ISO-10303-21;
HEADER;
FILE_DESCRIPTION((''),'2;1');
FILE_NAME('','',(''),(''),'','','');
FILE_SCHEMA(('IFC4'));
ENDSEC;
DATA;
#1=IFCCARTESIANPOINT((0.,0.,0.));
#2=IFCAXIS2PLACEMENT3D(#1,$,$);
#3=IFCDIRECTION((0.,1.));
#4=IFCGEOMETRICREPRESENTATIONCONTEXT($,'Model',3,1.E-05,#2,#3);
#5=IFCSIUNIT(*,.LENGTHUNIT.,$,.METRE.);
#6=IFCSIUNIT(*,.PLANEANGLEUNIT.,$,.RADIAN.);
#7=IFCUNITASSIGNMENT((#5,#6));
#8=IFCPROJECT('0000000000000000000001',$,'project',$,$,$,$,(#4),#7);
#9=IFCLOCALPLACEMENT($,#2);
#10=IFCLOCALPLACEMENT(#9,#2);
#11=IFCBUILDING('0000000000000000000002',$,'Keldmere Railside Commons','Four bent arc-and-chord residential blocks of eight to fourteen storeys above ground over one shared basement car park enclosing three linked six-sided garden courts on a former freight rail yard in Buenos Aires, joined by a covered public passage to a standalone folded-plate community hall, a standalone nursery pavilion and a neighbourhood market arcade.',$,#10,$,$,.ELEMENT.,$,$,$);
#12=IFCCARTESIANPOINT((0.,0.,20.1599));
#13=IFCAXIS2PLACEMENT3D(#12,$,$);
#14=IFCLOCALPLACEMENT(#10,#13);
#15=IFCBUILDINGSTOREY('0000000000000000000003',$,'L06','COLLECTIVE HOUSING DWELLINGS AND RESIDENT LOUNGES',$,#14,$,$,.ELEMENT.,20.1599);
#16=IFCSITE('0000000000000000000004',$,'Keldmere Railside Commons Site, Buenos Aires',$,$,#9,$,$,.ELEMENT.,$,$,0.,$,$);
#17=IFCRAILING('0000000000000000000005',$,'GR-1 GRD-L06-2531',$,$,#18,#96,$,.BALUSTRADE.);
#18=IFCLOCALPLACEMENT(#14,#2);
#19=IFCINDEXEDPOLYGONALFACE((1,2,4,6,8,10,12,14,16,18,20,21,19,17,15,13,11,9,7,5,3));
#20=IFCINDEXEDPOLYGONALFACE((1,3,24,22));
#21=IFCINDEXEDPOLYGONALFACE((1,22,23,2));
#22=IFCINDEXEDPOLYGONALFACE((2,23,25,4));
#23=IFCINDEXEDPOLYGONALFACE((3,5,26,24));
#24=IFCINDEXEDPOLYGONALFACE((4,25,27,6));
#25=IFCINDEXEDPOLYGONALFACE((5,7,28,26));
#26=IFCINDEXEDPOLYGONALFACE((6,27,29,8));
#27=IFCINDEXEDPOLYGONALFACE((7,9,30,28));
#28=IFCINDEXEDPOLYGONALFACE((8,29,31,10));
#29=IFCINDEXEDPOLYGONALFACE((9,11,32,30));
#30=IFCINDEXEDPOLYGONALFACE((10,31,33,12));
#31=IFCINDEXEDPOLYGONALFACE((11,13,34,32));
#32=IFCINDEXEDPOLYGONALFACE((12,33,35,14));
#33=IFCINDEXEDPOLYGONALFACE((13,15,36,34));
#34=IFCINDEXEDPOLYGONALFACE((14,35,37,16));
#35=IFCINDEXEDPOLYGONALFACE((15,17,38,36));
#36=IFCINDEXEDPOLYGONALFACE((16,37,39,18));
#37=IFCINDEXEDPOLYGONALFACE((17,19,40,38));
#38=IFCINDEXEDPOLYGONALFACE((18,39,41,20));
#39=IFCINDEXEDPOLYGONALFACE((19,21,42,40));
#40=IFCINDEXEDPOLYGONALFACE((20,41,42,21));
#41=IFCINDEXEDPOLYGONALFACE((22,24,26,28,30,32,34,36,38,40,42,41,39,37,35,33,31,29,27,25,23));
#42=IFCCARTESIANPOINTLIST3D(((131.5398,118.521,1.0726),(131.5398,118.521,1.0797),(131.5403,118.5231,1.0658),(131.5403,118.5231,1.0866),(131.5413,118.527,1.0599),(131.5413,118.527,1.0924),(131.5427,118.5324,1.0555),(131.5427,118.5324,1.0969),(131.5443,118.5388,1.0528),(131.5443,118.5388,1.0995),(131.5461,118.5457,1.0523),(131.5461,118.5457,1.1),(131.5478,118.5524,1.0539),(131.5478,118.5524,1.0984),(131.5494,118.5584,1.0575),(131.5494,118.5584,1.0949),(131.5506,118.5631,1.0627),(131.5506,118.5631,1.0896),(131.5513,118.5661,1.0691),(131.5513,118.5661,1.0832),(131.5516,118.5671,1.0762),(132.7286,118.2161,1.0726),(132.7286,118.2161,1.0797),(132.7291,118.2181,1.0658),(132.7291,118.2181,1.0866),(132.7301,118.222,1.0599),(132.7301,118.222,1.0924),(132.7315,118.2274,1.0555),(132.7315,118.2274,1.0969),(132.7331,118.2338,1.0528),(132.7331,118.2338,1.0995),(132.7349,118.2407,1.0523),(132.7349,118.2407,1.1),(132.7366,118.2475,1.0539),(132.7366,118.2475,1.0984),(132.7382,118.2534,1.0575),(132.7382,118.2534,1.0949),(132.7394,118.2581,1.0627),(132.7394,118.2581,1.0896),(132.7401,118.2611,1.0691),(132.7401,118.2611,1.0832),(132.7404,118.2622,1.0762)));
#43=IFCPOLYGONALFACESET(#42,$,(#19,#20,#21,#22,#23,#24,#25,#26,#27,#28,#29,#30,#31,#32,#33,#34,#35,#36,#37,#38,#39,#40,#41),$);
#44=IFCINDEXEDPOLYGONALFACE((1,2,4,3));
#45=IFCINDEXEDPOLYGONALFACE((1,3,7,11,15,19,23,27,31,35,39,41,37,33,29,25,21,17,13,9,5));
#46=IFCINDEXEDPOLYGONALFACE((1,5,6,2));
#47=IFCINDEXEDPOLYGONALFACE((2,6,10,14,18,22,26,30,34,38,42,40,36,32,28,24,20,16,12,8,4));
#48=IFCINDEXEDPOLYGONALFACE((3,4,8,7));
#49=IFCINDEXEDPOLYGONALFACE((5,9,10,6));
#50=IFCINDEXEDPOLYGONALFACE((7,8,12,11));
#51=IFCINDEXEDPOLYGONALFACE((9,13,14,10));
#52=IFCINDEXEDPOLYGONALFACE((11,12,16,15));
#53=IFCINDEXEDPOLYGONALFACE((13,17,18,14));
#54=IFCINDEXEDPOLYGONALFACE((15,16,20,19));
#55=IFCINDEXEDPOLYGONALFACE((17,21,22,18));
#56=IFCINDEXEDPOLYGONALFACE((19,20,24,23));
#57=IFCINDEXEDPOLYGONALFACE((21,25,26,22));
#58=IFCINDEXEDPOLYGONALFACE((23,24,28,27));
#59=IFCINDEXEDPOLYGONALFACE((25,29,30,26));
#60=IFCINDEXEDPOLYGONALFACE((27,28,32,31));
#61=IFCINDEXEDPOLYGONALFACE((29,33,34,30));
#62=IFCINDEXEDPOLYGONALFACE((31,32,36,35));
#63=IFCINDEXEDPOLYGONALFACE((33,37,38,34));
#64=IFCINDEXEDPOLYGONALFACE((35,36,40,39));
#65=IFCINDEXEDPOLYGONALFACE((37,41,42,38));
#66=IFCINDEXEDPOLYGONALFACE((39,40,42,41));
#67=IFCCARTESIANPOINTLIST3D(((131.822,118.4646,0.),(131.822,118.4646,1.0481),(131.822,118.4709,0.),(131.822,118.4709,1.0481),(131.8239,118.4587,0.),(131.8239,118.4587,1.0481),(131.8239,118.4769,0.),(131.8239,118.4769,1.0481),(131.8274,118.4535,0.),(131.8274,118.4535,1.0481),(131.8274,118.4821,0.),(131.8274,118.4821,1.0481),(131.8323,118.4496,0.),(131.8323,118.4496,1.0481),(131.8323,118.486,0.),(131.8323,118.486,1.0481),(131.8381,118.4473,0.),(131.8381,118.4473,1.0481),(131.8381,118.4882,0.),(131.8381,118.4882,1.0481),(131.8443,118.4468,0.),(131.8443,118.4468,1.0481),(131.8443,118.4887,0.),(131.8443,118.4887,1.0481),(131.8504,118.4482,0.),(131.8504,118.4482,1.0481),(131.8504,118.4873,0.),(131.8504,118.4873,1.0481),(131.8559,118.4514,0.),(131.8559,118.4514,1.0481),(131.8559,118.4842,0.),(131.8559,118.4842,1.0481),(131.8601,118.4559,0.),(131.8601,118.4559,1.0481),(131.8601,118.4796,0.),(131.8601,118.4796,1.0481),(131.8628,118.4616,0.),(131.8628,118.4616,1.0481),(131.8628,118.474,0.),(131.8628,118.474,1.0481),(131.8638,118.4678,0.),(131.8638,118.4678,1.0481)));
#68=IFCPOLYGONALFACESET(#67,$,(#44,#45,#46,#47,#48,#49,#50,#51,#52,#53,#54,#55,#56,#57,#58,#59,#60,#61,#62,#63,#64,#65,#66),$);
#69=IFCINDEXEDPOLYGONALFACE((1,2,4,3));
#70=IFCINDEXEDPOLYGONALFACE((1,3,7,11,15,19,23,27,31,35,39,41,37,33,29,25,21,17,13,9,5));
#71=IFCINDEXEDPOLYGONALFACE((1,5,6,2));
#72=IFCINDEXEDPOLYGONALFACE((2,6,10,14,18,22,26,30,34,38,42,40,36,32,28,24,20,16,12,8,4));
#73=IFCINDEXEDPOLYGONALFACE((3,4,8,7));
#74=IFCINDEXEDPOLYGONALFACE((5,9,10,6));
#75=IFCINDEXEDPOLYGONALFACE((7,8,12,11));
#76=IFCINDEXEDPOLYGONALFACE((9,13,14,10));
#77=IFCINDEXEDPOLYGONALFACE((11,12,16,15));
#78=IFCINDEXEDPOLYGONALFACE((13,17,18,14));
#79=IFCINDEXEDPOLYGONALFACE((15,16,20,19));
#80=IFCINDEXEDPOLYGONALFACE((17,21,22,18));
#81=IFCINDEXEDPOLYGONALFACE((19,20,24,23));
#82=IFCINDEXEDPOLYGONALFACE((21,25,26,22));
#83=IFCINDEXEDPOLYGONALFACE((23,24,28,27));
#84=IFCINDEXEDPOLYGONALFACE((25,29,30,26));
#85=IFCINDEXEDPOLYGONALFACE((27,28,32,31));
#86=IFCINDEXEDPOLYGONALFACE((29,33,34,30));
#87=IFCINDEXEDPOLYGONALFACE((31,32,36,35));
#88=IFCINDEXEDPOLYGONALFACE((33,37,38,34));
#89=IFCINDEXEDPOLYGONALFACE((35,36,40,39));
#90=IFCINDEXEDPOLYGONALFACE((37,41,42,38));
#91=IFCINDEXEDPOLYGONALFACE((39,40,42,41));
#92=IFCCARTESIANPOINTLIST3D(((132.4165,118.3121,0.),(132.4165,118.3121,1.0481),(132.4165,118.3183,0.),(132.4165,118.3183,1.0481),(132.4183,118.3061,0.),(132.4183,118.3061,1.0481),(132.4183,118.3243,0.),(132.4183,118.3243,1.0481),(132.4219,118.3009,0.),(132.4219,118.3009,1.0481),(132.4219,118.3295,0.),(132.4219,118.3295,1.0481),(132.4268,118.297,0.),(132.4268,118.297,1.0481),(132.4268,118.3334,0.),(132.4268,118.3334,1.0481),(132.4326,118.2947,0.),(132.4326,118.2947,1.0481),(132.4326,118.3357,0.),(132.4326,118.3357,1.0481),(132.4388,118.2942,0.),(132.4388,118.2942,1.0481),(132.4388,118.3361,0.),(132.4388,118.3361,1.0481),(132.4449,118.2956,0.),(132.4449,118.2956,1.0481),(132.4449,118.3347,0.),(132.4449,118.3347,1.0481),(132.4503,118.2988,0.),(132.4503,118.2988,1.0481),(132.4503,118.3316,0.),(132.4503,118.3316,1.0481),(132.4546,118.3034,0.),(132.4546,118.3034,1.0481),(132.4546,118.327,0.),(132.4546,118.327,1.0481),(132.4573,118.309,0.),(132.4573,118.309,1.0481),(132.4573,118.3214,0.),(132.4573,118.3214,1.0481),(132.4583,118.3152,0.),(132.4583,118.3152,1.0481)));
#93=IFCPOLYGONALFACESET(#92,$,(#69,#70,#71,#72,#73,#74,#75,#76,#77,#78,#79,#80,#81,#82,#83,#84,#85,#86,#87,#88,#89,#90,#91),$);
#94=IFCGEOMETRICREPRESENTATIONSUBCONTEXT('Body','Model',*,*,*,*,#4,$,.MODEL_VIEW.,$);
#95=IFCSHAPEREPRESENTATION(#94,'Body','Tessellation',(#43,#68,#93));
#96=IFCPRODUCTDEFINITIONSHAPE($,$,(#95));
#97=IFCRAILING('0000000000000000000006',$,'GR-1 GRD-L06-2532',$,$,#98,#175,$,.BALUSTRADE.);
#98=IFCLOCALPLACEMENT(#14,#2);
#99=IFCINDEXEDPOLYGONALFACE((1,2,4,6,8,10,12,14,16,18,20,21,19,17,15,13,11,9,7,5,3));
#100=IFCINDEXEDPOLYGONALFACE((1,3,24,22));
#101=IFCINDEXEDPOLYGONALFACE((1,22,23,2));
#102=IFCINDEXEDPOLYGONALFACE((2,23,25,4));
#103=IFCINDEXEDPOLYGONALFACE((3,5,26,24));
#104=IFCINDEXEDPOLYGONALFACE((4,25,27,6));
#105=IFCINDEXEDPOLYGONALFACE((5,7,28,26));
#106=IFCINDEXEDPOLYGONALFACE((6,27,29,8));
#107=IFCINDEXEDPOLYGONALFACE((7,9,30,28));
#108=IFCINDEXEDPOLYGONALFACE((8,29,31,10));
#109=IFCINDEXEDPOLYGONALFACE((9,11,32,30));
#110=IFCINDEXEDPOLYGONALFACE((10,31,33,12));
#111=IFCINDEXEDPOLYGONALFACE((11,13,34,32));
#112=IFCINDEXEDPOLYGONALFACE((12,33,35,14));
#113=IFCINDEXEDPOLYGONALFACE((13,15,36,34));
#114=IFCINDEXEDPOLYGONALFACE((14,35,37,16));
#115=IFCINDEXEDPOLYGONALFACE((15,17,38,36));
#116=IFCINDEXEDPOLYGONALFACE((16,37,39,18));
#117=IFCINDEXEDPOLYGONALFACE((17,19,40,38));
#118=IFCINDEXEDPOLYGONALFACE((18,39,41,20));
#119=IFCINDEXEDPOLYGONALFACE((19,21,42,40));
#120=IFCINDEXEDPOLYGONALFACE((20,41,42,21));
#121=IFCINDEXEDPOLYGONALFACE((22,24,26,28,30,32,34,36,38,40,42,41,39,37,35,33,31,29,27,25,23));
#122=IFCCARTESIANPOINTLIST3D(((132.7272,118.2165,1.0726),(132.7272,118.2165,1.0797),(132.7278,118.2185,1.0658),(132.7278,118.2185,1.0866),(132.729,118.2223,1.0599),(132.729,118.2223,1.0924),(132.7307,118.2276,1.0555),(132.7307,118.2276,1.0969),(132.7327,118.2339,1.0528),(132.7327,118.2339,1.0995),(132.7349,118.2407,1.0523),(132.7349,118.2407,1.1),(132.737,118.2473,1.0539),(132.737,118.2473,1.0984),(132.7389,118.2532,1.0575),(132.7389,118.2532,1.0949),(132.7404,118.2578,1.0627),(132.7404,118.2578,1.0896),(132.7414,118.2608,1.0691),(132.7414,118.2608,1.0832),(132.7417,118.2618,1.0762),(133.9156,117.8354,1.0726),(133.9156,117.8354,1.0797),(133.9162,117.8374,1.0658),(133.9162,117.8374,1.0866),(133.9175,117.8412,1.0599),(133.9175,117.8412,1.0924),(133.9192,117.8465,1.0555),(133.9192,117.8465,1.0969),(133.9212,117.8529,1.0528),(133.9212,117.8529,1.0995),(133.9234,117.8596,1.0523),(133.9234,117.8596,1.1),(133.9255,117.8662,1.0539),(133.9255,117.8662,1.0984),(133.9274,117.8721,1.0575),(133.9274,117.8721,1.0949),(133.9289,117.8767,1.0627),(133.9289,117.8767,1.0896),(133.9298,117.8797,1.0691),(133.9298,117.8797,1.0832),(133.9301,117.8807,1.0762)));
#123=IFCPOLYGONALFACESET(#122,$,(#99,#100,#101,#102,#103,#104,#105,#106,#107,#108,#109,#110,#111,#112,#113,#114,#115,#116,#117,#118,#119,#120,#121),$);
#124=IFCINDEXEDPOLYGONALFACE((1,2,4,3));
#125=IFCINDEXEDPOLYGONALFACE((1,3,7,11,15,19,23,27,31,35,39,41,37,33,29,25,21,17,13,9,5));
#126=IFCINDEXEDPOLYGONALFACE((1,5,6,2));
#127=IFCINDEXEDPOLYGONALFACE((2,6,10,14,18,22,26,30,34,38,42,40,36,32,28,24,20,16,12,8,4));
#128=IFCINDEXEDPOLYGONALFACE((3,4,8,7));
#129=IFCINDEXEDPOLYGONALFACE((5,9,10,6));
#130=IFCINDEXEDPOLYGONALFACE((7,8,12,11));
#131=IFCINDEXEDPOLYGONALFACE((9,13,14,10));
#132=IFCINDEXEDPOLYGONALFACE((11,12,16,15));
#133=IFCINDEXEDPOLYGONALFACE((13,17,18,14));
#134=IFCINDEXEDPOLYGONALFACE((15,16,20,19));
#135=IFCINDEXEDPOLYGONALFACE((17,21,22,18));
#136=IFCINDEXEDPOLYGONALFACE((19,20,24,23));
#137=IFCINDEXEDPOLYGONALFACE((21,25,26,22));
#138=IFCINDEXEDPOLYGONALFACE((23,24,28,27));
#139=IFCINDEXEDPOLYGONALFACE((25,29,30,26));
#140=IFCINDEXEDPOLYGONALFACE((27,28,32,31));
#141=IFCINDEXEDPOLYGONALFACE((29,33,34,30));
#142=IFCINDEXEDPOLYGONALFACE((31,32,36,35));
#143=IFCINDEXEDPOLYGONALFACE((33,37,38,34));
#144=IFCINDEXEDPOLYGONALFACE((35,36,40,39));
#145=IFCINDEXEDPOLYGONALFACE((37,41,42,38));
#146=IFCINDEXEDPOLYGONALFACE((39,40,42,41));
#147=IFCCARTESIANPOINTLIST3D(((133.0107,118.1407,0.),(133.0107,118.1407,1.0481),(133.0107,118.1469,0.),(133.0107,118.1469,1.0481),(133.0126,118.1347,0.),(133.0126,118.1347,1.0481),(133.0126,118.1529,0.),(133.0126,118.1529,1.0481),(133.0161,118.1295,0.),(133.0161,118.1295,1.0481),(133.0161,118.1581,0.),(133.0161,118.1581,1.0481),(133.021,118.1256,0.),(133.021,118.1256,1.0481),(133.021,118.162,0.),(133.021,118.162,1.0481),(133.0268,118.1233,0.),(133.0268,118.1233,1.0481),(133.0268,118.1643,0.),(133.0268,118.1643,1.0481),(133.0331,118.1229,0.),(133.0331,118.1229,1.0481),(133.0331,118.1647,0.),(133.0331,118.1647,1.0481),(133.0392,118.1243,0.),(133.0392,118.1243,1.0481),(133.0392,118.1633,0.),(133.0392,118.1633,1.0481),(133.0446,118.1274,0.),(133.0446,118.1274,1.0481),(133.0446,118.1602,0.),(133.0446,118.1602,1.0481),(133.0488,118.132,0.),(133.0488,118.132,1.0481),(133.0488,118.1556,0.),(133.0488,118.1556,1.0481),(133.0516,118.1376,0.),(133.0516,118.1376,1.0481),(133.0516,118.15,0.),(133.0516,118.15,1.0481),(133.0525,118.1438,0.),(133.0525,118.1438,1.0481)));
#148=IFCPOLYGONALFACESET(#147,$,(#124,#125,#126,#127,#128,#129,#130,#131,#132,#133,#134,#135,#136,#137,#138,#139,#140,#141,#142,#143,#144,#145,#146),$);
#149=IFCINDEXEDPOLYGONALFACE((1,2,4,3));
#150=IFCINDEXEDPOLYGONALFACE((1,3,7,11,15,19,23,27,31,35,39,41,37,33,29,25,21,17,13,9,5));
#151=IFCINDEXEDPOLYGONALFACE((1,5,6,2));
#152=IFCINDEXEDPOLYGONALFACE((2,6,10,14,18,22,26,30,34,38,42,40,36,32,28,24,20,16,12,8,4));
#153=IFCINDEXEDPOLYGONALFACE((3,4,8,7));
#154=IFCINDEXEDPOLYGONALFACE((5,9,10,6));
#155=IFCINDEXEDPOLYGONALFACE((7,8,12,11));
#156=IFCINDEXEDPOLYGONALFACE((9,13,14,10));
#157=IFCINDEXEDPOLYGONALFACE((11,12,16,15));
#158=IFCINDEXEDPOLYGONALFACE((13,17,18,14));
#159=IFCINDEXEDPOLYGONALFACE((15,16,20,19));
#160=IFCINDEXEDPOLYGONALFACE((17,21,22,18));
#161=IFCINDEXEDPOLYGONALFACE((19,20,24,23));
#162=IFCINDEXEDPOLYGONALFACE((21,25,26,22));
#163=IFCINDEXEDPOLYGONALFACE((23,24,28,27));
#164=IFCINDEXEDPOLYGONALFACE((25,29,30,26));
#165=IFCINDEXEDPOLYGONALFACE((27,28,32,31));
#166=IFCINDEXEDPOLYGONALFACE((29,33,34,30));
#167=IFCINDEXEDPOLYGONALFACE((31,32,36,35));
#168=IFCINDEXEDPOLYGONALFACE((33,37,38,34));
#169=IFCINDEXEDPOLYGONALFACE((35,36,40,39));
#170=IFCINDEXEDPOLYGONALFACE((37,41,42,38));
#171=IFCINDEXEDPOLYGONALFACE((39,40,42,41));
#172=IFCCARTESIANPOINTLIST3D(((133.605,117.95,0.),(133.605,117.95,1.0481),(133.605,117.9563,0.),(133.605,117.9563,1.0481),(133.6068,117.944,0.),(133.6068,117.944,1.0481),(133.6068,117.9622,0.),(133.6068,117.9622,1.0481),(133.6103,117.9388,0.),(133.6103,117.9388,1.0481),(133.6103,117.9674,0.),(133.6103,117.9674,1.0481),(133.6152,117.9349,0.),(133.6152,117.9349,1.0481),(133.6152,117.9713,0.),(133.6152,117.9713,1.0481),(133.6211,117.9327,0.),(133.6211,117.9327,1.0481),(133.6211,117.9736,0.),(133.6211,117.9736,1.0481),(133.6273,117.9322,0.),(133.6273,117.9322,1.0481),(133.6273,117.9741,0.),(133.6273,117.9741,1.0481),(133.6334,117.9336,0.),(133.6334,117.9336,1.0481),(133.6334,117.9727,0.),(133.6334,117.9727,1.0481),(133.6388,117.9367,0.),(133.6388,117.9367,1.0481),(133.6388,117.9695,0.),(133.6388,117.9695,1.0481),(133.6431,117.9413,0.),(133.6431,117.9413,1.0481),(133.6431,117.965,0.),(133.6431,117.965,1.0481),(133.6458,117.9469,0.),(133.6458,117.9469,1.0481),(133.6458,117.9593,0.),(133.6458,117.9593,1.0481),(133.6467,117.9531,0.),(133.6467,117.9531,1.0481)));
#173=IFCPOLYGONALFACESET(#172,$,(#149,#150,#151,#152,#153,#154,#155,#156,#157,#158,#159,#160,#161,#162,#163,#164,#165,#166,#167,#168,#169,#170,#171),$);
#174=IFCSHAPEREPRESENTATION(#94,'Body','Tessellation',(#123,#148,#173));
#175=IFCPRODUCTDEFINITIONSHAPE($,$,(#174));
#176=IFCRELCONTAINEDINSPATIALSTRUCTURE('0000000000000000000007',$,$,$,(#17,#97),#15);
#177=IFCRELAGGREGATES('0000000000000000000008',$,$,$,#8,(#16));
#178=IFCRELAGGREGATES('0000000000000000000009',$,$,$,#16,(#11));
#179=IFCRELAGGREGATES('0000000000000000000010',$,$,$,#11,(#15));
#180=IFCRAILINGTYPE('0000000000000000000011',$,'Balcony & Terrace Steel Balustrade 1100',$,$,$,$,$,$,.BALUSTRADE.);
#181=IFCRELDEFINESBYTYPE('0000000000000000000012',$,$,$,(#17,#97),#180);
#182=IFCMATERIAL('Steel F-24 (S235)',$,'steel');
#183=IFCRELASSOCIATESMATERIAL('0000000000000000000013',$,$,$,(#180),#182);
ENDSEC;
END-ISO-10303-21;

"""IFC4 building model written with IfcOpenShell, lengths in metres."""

from ifc_helpers import new_model, si_unit, direction, frame, origin, origin_2d, place, context, subcontext, project, spatial, circle, extrude, material, type_object, element, save


model = new_model("IFC4")

# Units and contexts
model_context = context("Model", 3, precision=1e-05, world=origin(), true_north=direction((0.0, 1.0)))
body_context = subcontext(model_context, "Body", "Model", "MODEL_VIEW")
ifc_project = project(units=[si_unit("LENGTHUNIT", "METRE"), si_unit("PLANEANGLEUNIT", "RADIAN")], contexts=[model_context])

# Site, building, storey
site_placement = place(None, origin())
site = spatial("IfcSite", under=ifc_project, at=site_placement, Name="Keldmere Railside Commons Site, Buenos Aires", CompositionType="ELEMENT", RefElevation=0.0)
building_placement = place(site_placement, origin())
building = spatial("IfcBuilding", under=site, at=building_placement, Name="Keldmere Railside Commons", Description="Four bent arc-and-chord residential blocks of eight to fourteen storeys above ground over one shared basement car park enclosing three linked six-sided garden courts on a former freight rail yard in Buenos Aires, joined by a covered public passage to a standalone folded-plate community hall, a standalone nursery pavilion and a neighbourhood market arcade.", CompositionType="ELEMENT")
storey_placement = place(building_placement, frame((0.0, 0.0, 20.1599)))
storey = spatial("IfcBuildingStorey", under=building, at=storey_placement, Name="L06", Description="COLLECTIVE HOUSING DWELLINGS AND RESIDENT LOUNGES", CompositionType="ELEMENT", Elevation=20.1599)

# Railings
ifc_material_1 = material(Name="Steel F-24 (S235)", Category="steel")
railing_type_1 = type_object("IfcRailingType", Name="Balcony & Terrace Steel Balustrade 1100", PredefinedType="BALUSTRADE", material=ifc_material_1)
railing_1_placement = place(storey_placement, frame((131.5457, 118.5439, 0.0)))
element("IfcRailing", 1, at=railing_1_placement, inside=storey, type_object=railing_type_1, Name="GR-1 GRD-L06-2531", PredefinedType="BALUSTRADE", context=body_context, shape_type="SweptSolid", body=[
    extrude(circle(Radius=0.0239, at=origin_2d()), frame((0.0, 0.0, 1.0762), z_axis=(0.968638, -0.248476, 0.0), x_axis=(0.248476, 0.968638, 0.0)), (0.0, 0.0, 1.0), 1.2273),
    extrude(circle(Radius=0.021, at=origin_2d()), frame((0.2971, -0.0762, 0.0)), (0.0, 0.0, 1.0), 1.0481),
    extrude(circle(Radius=0.021, at=origin_2d()), frame((0.8916, -0.2288, 0.0)), (0.0, 0.0, 1.0), 1.0481),
])
railing_2_placement = place(storey_placement, frame((132.7344, 118.239, 0.0)))
element("IfcRailing", 2, at=railing_2_placement, inside=storey, type_object=railing_type_1, Name="GR-1 GRD-L06-2532", PredefinedType="BALUSTRADE", context=body_context, shape_type="SweptSolid", body=[
    extrude(circle(Radius=0.0239, at=origin_2d()), frame((0.0, 0.0, 1.0762), z_axis=(0.95224, -0.305351, 0.0), x_axis=(0.305351, 0.95224, 0.0)), (0.0, 0.0, 1.0), 1.248),
    extrude(circle(Radius=0.021, at=origin_2d()), frame((0.2971, -0.0952, 0.0)), (0.0, 0.0, 1.0), 1.0481),
    extrude(circle(Radius=0.021, at=origin_2d()), frame((0.8914, -0.2859, 0.0)), (0.0, 0.0, 1.0), 1.0481),
])

save(model, "model.ifc")
